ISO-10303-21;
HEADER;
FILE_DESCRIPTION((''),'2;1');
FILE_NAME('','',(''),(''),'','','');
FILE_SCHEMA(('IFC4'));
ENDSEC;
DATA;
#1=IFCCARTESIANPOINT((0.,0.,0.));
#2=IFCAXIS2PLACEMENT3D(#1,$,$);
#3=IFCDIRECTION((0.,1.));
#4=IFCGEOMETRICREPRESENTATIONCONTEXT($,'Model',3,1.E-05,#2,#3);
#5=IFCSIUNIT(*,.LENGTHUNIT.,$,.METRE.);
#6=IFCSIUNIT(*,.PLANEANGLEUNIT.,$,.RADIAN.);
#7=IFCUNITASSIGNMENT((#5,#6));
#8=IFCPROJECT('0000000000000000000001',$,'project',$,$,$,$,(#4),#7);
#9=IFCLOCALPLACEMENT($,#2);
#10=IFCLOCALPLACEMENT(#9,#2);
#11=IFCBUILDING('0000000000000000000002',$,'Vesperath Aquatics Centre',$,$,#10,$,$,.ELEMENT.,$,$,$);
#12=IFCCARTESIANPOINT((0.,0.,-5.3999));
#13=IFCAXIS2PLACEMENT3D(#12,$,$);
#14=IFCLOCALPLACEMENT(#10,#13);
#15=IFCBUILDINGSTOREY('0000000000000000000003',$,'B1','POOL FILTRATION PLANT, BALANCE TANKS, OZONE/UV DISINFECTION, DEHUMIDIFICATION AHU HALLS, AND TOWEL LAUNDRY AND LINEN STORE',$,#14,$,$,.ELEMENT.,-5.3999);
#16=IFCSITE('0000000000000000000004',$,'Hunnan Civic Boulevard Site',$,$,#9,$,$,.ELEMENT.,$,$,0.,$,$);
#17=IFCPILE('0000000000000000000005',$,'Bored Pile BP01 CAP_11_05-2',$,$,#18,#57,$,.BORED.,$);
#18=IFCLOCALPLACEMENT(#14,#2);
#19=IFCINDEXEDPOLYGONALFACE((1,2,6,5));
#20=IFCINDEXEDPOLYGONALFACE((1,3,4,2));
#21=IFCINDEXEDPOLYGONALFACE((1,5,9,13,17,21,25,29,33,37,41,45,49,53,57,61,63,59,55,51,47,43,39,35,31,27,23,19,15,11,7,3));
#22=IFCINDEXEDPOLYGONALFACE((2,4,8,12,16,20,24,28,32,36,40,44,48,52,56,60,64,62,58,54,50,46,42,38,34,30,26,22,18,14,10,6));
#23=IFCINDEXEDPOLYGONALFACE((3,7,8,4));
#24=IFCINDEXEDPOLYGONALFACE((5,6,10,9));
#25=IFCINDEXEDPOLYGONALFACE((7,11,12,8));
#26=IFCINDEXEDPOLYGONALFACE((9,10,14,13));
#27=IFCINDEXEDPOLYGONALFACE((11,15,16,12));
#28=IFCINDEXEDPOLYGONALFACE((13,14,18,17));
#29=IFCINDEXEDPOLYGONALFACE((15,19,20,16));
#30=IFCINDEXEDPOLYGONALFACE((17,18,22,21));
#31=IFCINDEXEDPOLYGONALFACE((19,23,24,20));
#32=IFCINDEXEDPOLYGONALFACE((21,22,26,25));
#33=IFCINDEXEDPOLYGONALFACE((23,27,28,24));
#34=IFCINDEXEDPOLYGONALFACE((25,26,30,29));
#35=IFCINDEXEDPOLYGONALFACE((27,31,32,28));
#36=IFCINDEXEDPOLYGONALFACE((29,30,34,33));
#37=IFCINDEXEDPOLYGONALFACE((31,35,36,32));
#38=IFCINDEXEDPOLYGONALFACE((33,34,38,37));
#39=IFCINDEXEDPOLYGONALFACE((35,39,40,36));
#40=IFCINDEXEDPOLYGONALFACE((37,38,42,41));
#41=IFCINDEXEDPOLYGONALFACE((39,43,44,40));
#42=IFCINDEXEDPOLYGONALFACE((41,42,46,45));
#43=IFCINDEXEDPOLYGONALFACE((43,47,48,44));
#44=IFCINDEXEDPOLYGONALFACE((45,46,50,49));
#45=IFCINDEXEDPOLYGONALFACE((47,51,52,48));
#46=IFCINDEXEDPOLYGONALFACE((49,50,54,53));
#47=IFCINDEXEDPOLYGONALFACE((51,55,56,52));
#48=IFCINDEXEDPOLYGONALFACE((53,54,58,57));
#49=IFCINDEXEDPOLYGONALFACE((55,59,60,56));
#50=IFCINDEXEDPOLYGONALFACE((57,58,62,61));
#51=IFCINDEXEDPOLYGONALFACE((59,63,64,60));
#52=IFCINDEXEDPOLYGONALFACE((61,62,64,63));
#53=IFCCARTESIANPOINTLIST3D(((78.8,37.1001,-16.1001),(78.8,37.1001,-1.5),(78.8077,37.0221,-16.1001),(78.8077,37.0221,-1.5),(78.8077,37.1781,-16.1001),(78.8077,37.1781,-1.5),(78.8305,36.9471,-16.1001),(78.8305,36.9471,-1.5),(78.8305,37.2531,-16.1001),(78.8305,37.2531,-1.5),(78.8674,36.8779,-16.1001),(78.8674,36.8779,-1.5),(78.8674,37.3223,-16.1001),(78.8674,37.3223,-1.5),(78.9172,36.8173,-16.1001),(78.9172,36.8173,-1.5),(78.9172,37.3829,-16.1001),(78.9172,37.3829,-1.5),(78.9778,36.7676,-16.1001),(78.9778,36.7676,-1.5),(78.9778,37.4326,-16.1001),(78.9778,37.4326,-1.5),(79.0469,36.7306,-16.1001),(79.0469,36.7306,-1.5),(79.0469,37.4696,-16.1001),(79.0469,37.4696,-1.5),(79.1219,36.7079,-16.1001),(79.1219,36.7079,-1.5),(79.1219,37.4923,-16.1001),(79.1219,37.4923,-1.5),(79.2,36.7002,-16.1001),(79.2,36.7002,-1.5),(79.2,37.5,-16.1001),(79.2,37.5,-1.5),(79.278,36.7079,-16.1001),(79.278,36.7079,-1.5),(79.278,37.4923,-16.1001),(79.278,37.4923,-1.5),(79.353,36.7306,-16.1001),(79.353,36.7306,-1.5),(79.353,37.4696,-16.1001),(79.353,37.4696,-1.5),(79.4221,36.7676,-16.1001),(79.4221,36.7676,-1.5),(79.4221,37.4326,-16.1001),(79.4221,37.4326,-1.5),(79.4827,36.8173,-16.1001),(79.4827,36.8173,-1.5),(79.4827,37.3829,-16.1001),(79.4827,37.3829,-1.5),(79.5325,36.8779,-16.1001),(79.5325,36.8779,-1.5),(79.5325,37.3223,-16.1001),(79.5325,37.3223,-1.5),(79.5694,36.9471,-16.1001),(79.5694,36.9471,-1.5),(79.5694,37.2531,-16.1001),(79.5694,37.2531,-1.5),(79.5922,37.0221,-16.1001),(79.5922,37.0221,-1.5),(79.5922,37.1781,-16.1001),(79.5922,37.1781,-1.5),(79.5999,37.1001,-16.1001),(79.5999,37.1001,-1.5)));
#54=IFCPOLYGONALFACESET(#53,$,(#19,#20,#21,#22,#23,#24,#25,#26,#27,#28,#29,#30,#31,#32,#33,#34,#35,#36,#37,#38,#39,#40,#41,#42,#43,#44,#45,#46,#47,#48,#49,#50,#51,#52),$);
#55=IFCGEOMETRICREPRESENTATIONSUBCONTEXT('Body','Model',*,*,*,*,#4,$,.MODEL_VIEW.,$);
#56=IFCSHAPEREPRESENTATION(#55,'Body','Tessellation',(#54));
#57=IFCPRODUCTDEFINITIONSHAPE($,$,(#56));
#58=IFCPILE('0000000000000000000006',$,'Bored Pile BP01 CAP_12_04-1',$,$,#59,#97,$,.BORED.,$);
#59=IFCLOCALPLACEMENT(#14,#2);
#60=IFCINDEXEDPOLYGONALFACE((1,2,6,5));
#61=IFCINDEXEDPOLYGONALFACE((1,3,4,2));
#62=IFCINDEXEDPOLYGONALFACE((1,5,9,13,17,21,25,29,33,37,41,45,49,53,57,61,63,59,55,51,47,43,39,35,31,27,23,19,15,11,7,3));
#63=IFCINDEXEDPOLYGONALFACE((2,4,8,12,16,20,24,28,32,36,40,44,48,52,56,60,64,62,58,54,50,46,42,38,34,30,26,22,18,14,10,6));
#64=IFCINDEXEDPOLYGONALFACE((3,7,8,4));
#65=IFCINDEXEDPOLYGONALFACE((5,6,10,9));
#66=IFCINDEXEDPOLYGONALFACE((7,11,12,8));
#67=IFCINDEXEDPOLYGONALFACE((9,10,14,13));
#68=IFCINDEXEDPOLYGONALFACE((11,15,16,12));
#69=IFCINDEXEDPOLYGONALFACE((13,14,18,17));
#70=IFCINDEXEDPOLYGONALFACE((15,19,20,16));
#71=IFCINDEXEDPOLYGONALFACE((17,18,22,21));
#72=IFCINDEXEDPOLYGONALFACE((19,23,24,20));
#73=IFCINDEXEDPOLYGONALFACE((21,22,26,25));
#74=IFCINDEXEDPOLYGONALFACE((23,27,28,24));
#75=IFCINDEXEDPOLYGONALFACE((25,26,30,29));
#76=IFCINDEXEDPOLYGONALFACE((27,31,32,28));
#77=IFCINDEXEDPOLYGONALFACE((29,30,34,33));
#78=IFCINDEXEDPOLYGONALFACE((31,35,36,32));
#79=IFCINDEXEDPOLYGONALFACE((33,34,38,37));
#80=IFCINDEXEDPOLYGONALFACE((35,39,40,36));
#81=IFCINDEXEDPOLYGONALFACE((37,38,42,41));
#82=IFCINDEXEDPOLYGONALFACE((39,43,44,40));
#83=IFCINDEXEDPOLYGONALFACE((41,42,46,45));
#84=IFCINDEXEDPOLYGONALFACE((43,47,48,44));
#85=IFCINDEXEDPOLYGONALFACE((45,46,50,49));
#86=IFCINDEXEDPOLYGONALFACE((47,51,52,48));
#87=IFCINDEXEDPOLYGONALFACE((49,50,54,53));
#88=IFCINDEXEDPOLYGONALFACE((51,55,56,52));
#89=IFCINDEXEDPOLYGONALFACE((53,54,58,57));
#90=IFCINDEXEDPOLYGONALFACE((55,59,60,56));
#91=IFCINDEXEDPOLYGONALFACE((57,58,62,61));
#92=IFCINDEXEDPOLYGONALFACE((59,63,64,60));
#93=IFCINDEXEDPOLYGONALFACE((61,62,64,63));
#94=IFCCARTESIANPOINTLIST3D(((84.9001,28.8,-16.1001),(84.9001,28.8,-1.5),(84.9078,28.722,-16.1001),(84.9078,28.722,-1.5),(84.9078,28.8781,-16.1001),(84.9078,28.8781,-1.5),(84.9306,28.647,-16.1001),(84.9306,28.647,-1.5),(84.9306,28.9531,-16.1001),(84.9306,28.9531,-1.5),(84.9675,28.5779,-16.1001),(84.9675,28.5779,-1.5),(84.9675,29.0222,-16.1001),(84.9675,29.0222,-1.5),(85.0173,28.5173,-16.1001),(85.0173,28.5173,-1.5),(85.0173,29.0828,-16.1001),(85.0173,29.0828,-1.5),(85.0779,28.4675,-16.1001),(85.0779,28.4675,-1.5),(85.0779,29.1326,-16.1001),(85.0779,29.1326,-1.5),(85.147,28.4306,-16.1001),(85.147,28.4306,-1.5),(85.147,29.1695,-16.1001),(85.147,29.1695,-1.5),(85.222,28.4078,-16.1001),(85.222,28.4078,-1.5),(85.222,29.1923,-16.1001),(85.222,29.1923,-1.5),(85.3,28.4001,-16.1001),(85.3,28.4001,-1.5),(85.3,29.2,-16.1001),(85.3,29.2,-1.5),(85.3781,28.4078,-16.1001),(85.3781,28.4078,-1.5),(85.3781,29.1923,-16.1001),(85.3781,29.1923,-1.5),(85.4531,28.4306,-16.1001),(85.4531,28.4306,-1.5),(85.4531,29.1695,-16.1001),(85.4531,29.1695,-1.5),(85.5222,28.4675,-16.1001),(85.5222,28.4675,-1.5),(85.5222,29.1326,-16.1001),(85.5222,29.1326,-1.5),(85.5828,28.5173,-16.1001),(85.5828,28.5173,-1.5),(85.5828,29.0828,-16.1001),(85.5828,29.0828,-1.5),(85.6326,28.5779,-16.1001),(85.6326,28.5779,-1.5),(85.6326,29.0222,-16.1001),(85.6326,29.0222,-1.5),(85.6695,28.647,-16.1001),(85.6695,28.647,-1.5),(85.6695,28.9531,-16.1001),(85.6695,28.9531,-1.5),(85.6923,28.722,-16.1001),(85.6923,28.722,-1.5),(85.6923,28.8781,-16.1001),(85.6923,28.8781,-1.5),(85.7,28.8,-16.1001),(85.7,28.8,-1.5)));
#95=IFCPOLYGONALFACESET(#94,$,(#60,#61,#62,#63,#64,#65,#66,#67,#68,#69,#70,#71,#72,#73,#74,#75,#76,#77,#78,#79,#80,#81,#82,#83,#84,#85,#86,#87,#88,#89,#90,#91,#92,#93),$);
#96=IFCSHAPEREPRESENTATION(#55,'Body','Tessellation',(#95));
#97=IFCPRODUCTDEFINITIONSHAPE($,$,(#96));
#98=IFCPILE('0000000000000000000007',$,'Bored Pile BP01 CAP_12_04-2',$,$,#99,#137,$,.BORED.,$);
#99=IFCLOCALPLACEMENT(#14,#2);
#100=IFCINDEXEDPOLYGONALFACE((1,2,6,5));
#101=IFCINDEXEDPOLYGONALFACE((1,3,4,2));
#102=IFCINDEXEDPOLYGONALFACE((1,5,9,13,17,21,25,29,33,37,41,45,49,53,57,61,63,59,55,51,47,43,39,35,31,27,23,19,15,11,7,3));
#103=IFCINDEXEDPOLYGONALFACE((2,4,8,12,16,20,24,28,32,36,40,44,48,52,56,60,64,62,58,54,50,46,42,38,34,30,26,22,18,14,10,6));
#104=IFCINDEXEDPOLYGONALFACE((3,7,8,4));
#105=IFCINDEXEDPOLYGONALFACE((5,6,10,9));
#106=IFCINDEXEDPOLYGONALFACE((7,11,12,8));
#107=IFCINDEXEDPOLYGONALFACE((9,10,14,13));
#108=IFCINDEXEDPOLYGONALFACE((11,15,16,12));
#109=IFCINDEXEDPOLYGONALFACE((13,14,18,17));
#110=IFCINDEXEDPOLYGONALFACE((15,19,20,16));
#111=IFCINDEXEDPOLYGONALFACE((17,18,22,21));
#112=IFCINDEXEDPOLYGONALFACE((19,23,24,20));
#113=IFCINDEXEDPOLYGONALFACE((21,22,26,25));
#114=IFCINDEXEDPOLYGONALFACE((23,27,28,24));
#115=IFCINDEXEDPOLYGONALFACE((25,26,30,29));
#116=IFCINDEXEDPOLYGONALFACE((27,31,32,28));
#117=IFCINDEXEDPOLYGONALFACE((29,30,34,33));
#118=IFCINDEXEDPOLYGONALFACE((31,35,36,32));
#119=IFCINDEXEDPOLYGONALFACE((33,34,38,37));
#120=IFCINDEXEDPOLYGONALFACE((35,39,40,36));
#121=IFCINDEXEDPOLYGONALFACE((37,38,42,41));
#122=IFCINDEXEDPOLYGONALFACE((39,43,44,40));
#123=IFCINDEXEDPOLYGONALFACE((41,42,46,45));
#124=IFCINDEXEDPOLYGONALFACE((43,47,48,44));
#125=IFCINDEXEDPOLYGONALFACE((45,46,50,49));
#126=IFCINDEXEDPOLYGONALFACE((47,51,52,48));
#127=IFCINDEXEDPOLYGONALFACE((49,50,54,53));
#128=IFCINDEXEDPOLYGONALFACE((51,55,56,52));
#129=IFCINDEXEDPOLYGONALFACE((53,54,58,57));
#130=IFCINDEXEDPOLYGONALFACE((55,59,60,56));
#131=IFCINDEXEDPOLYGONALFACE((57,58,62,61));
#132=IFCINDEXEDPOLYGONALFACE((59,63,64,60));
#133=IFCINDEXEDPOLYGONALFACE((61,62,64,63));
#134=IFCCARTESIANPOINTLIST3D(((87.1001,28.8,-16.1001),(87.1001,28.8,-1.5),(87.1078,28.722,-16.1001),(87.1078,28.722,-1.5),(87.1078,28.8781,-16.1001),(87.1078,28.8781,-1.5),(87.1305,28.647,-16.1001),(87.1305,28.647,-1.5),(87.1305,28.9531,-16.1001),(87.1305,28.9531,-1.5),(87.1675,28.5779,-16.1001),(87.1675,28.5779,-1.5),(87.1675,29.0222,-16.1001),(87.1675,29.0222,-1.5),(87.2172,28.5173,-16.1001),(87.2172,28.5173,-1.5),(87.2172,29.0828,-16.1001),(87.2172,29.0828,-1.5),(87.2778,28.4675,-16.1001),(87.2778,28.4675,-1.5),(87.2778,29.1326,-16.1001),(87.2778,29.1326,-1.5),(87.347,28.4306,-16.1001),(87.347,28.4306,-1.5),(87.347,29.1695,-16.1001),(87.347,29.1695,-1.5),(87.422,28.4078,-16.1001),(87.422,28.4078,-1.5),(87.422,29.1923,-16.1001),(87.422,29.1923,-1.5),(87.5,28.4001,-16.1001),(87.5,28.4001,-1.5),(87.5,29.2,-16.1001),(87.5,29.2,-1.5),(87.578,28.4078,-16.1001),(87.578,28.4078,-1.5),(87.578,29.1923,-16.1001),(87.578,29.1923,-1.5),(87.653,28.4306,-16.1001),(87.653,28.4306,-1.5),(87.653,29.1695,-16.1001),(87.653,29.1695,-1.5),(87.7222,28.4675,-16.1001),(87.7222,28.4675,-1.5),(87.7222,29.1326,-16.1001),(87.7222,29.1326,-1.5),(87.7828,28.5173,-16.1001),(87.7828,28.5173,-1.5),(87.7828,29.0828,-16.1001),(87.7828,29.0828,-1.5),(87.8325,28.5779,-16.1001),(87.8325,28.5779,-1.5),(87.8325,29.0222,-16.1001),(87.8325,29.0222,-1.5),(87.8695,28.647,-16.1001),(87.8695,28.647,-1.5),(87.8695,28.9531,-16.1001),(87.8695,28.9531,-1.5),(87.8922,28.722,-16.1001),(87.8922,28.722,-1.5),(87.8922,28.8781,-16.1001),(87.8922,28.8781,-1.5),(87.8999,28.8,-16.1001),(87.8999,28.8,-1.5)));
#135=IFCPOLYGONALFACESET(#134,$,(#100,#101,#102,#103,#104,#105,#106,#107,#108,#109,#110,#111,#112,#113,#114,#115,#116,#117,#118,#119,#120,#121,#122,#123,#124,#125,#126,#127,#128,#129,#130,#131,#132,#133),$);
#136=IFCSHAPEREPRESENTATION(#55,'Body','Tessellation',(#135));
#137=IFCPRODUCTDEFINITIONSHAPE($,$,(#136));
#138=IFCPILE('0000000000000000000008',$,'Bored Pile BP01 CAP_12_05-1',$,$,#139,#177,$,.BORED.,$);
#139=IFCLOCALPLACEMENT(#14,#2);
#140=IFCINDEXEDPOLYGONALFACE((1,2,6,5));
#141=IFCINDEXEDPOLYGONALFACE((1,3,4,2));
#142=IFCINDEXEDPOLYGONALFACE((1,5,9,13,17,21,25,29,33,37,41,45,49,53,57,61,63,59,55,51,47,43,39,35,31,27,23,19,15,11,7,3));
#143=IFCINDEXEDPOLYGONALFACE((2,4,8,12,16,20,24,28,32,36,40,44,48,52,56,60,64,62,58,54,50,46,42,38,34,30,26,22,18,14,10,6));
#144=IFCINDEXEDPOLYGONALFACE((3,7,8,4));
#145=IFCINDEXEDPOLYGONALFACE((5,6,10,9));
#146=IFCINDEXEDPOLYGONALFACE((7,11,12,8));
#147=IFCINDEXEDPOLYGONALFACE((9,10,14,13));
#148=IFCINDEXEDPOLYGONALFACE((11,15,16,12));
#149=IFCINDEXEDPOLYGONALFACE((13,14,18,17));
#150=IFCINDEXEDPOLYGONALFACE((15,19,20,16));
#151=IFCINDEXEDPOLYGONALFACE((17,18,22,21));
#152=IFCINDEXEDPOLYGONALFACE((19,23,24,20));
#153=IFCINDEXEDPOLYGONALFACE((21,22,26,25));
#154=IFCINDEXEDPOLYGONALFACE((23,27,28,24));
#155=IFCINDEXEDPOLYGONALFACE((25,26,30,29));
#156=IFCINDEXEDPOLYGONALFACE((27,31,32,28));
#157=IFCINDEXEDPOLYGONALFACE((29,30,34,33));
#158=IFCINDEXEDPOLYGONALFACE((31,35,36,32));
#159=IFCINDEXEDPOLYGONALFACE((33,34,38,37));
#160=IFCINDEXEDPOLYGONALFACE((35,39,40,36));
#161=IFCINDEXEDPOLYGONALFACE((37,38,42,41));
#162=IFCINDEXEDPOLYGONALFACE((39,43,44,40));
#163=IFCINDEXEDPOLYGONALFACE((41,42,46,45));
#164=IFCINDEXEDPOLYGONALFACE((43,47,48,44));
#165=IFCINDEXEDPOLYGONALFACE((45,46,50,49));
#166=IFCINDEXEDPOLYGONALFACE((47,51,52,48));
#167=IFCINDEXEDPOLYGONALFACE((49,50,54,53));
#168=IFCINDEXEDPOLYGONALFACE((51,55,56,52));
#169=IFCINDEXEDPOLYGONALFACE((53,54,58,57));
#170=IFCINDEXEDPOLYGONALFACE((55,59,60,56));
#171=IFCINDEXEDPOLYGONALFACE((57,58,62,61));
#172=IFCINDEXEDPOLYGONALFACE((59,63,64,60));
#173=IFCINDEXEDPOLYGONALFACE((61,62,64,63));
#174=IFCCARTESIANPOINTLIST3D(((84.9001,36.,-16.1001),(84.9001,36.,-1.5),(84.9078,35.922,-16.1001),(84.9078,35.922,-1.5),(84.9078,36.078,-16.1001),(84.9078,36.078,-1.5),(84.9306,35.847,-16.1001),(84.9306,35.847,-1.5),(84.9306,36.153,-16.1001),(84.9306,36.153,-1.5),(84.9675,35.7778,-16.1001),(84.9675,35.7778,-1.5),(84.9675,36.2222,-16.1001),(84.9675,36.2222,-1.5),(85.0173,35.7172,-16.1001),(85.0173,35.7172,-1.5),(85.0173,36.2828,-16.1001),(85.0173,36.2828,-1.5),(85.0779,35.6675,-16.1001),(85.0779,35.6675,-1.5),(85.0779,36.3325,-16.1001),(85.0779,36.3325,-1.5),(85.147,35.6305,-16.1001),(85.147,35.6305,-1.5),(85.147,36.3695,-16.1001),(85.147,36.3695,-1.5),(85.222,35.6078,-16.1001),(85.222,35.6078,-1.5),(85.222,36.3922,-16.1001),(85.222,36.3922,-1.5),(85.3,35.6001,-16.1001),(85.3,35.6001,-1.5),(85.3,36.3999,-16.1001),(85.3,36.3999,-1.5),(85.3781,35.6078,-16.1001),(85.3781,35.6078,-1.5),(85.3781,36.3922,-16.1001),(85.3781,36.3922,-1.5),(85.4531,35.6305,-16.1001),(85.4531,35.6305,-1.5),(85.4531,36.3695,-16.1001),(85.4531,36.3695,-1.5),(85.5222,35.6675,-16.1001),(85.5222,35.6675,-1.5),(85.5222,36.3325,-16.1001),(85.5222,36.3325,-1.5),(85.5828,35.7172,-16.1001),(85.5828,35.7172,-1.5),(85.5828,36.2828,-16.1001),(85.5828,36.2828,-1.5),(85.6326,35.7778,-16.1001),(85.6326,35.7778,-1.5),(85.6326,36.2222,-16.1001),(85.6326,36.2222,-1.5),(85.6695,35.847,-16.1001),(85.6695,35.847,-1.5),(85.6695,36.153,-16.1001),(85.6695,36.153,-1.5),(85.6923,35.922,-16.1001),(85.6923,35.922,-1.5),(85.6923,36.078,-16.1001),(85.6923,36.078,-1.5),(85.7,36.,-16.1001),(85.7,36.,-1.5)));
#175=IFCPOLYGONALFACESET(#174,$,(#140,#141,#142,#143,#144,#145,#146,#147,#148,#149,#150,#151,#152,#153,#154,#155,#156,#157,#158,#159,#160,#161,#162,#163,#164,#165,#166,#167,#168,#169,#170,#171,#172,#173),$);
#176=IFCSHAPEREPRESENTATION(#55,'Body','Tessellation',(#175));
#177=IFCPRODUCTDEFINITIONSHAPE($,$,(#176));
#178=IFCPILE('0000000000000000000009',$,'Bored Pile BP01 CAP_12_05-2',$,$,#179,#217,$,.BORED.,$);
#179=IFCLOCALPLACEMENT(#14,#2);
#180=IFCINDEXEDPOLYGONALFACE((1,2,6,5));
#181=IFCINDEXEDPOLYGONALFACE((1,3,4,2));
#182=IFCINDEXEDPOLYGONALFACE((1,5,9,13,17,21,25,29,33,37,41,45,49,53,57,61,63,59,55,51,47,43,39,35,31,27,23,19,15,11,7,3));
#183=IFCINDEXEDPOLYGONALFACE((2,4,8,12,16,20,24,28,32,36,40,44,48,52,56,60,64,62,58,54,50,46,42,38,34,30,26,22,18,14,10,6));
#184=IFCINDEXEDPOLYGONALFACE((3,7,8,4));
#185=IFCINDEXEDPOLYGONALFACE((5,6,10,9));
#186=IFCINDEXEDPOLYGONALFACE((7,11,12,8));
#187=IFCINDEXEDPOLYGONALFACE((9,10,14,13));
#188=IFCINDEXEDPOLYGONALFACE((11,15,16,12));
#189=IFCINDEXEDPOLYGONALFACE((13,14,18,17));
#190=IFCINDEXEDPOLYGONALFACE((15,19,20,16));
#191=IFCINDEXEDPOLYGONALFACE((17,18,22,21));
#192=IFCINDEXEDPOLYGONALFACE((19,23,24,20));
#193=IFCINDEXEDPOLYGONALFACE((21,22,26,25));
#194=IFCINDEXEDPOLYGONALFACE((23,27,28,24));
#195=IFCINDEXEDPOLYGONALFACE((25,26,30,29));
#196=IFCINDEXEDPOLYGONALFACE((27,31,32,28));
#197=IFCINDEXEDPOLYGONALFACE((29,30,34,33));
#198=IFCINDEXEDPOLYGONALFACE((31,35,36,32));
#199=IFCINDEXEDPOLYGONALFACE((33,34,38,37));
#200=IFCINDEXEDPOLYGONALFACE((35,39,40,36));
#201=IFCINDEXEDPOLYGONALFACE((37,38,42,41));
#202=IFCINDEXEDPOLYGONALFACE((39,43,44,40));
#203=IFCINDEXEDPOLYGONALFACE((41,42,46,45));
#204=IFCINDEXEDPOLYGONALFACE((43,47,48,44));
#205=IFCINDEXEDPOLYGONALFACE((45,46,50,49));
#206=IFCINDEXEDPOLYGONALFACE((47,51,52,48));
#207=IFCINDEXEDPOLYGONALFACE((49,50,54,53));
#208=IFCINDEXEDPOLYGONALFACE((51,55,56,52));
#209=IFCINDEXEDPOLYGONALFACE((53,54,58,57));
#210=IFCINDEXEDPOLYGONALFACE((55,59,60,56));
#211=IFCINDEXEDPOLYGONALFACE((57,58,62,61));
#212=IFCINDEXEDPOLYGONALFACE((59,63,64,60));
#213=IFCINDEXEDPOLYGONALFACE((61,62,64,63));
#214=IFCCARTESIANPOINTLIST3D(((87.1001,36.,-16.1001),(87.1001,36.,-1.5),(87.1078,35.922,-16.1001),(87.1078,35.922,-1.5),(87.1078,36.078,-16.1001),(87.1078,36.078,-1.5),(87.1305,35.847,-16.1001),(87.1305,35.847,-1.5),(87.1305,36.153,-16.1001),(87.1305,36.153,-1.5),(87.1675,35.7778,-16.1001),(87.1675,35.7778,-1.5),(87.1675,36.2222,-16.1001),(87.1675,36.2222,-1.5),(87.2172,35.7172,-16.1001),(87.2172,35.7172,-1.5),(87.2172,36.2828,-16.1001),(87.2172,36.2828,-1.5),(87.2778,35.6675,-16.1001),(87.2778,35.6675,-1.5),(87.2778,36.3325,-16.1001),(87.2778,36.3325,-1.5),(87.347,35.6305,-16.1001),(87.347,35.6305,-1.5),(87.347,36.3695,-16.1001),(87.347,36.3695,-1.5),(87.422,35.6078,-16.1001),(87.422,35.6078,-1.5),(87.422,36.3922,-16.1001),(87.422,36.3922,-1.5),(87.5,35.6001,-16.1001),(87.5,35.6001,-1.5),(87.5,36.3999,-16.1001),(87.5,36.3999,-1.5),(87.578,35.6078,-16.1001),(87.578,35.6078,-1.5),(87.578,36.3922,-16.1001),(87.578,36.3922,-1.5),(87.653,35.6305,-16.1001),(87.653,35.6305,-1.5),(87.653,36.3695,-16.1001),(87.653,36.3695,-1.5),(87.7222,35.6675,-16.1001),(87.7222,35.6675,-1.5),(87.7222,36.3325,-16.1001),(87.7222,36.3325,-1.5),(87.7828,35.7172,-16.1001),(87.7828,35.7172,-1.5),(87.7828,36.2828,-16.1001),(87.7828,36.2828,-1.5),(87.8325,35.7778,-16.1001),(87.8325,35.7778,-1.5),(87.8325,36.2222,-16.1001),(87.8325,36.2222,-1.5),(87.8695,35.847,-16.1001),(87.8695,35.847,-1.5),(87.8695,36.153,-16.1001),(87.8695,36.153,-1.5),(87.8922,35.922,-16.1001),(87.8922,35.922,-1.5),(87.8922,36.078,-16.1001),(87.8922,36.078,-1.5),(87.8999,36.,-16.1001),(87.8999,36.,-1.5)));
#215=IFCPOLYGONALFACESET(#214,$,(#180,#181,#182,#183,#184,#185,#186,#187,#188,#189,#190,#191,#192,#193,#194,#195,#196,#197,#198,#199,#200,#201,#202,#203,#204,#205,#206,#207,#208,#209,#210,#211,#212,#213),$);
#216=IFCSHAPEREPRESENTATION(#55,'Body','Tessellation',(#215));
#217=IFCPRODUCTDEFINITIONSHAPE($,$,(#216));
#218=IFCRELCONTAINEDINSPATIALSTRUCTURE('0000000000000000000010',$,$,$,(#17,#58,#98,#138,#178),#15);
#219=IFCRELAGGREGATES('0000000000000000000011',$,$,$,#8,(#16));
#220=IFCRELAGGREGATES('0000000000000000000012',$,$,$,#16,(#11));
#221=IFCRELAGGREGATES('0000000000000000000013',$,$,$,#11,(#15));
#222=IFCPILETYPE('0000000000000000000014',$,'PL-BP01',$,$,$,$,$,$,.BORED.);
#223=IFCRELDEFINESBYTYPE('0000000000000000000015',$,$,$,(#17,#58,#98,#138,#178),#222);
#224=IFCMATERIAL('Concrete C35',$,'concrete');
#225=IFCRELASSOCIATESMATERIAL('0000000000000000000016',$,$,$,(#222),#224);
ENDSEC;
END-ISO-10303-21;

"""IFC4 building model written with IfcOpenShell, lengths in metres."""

from ifc_helpers import new_model, si_unit, direction, frame, origin, origin_2d, place, context, subcontext, project, spatial, circle, extrude, material, material_profile, profile_set, type_object, element, save


model = new_model("IFC4")

# Units and contexts
model_context = context("Model", 3, precision=1e-05, world=origin(), true_north=direction((0.0, 1.0)))
body_context = subcontext(model_context, "Body", "Model", "MODEL_VIEW")
ifc_project = project(units=[si_unit("LENGTHUNIT", "METRE"), si_unit("PLANEANGLEUNIT", "RADIAN")], contexts=[model_context])

# Site, building, storey
site_placement = place(None, origin())
site = spatial("IfcSite", under=ifc_project, at=site_placement, Name="Hunnan Civic Boulevard Site", CompositionType="ELEMENT", RefElevation=0.0)
building_placement = place(site_placement, origin())
building = spatial("IfcBuilding", under=site, at=building_placement, Name="Vesperath Aquatics Centre", CompositionType="ELEMENT")
storey_placement = place(building_placement, frame((0.0, 0.0, -5.3999)))
storey = spatial("IfcBuildingStorey", under=building, at=storey_placement, Name="B1", Description="POOL FILTRATION PLANT, BALANCE TANKS, OZONE/UV DISINFECTION, DEHUMIDIFICATION AHU HALLS, AND TOWEL LAUNDRY AND LINEN STORE", CompositionType="ELEMENT", Elevation=-5.3999)

# Piles
ifc_material_1 = material(Name="Concrete C35", Category="concrete")
ifc_material_profile_1 = material_profile(ifc_material_1, circle(Radius=0.3999, at=origin_2d()), Name="PILE D800")
ifc_profile_set_1 = profile_set([ifc_material_profile_1], Name="Concrete C35")
pile_type = type_object("IfcPileType", Name="PL-BP01", PredefinedType="BORED", material=ifc_profile_set_1)
for number, where, z_axis, x_axis, name in (
    (1, (79.2, 37.1001, -1.5), (0.0, 0.0, -1.0), (1.0, 0.0, 0.0), "Bored Pile BP01 CAP_11_05-2"),
    (2, (85.3, 28.8, -1.5), (0.0, 0.0, -1.0), (1.0, 0.0, 0.0), "Bored Pile BP01 CAP_12_04-1"),
    (3, (87.5, 28.8, -1.5), (0.0, 0.0, -1.0), (1.0, 0.0, 0.0), "Bored Pile BP01 CAP_12_04-2"),
    (4, (85.3, 36.0, -1.5), (0.0, 0.0, -1.0), (1.0, 0.0, 0.0), "Bored Pile BP01 CAP_12_05-1"),
    (5, (87.5, 36.0, -1.5), (0.0, 0.0, -1.0), (1.0, 0.0, 0.0), "Bored Pile BP01 CAP_12_05-2"),
):
    element("IfcPile", number, at=place(storey_placement, frame(where, z_axis=z_axis, x_axis=x_axis)), inside=storey, type_object=pile_type, Name=name, PredefinedType="BORED", context=body_context, shape_type="SweptSolid", body=[
        extrude(circle(Radius=0.3999, at=origin_2d()), origin(), (0.0, 0.0, 1.0), 14.6001),
    ])

save(model, "model.ifc")
